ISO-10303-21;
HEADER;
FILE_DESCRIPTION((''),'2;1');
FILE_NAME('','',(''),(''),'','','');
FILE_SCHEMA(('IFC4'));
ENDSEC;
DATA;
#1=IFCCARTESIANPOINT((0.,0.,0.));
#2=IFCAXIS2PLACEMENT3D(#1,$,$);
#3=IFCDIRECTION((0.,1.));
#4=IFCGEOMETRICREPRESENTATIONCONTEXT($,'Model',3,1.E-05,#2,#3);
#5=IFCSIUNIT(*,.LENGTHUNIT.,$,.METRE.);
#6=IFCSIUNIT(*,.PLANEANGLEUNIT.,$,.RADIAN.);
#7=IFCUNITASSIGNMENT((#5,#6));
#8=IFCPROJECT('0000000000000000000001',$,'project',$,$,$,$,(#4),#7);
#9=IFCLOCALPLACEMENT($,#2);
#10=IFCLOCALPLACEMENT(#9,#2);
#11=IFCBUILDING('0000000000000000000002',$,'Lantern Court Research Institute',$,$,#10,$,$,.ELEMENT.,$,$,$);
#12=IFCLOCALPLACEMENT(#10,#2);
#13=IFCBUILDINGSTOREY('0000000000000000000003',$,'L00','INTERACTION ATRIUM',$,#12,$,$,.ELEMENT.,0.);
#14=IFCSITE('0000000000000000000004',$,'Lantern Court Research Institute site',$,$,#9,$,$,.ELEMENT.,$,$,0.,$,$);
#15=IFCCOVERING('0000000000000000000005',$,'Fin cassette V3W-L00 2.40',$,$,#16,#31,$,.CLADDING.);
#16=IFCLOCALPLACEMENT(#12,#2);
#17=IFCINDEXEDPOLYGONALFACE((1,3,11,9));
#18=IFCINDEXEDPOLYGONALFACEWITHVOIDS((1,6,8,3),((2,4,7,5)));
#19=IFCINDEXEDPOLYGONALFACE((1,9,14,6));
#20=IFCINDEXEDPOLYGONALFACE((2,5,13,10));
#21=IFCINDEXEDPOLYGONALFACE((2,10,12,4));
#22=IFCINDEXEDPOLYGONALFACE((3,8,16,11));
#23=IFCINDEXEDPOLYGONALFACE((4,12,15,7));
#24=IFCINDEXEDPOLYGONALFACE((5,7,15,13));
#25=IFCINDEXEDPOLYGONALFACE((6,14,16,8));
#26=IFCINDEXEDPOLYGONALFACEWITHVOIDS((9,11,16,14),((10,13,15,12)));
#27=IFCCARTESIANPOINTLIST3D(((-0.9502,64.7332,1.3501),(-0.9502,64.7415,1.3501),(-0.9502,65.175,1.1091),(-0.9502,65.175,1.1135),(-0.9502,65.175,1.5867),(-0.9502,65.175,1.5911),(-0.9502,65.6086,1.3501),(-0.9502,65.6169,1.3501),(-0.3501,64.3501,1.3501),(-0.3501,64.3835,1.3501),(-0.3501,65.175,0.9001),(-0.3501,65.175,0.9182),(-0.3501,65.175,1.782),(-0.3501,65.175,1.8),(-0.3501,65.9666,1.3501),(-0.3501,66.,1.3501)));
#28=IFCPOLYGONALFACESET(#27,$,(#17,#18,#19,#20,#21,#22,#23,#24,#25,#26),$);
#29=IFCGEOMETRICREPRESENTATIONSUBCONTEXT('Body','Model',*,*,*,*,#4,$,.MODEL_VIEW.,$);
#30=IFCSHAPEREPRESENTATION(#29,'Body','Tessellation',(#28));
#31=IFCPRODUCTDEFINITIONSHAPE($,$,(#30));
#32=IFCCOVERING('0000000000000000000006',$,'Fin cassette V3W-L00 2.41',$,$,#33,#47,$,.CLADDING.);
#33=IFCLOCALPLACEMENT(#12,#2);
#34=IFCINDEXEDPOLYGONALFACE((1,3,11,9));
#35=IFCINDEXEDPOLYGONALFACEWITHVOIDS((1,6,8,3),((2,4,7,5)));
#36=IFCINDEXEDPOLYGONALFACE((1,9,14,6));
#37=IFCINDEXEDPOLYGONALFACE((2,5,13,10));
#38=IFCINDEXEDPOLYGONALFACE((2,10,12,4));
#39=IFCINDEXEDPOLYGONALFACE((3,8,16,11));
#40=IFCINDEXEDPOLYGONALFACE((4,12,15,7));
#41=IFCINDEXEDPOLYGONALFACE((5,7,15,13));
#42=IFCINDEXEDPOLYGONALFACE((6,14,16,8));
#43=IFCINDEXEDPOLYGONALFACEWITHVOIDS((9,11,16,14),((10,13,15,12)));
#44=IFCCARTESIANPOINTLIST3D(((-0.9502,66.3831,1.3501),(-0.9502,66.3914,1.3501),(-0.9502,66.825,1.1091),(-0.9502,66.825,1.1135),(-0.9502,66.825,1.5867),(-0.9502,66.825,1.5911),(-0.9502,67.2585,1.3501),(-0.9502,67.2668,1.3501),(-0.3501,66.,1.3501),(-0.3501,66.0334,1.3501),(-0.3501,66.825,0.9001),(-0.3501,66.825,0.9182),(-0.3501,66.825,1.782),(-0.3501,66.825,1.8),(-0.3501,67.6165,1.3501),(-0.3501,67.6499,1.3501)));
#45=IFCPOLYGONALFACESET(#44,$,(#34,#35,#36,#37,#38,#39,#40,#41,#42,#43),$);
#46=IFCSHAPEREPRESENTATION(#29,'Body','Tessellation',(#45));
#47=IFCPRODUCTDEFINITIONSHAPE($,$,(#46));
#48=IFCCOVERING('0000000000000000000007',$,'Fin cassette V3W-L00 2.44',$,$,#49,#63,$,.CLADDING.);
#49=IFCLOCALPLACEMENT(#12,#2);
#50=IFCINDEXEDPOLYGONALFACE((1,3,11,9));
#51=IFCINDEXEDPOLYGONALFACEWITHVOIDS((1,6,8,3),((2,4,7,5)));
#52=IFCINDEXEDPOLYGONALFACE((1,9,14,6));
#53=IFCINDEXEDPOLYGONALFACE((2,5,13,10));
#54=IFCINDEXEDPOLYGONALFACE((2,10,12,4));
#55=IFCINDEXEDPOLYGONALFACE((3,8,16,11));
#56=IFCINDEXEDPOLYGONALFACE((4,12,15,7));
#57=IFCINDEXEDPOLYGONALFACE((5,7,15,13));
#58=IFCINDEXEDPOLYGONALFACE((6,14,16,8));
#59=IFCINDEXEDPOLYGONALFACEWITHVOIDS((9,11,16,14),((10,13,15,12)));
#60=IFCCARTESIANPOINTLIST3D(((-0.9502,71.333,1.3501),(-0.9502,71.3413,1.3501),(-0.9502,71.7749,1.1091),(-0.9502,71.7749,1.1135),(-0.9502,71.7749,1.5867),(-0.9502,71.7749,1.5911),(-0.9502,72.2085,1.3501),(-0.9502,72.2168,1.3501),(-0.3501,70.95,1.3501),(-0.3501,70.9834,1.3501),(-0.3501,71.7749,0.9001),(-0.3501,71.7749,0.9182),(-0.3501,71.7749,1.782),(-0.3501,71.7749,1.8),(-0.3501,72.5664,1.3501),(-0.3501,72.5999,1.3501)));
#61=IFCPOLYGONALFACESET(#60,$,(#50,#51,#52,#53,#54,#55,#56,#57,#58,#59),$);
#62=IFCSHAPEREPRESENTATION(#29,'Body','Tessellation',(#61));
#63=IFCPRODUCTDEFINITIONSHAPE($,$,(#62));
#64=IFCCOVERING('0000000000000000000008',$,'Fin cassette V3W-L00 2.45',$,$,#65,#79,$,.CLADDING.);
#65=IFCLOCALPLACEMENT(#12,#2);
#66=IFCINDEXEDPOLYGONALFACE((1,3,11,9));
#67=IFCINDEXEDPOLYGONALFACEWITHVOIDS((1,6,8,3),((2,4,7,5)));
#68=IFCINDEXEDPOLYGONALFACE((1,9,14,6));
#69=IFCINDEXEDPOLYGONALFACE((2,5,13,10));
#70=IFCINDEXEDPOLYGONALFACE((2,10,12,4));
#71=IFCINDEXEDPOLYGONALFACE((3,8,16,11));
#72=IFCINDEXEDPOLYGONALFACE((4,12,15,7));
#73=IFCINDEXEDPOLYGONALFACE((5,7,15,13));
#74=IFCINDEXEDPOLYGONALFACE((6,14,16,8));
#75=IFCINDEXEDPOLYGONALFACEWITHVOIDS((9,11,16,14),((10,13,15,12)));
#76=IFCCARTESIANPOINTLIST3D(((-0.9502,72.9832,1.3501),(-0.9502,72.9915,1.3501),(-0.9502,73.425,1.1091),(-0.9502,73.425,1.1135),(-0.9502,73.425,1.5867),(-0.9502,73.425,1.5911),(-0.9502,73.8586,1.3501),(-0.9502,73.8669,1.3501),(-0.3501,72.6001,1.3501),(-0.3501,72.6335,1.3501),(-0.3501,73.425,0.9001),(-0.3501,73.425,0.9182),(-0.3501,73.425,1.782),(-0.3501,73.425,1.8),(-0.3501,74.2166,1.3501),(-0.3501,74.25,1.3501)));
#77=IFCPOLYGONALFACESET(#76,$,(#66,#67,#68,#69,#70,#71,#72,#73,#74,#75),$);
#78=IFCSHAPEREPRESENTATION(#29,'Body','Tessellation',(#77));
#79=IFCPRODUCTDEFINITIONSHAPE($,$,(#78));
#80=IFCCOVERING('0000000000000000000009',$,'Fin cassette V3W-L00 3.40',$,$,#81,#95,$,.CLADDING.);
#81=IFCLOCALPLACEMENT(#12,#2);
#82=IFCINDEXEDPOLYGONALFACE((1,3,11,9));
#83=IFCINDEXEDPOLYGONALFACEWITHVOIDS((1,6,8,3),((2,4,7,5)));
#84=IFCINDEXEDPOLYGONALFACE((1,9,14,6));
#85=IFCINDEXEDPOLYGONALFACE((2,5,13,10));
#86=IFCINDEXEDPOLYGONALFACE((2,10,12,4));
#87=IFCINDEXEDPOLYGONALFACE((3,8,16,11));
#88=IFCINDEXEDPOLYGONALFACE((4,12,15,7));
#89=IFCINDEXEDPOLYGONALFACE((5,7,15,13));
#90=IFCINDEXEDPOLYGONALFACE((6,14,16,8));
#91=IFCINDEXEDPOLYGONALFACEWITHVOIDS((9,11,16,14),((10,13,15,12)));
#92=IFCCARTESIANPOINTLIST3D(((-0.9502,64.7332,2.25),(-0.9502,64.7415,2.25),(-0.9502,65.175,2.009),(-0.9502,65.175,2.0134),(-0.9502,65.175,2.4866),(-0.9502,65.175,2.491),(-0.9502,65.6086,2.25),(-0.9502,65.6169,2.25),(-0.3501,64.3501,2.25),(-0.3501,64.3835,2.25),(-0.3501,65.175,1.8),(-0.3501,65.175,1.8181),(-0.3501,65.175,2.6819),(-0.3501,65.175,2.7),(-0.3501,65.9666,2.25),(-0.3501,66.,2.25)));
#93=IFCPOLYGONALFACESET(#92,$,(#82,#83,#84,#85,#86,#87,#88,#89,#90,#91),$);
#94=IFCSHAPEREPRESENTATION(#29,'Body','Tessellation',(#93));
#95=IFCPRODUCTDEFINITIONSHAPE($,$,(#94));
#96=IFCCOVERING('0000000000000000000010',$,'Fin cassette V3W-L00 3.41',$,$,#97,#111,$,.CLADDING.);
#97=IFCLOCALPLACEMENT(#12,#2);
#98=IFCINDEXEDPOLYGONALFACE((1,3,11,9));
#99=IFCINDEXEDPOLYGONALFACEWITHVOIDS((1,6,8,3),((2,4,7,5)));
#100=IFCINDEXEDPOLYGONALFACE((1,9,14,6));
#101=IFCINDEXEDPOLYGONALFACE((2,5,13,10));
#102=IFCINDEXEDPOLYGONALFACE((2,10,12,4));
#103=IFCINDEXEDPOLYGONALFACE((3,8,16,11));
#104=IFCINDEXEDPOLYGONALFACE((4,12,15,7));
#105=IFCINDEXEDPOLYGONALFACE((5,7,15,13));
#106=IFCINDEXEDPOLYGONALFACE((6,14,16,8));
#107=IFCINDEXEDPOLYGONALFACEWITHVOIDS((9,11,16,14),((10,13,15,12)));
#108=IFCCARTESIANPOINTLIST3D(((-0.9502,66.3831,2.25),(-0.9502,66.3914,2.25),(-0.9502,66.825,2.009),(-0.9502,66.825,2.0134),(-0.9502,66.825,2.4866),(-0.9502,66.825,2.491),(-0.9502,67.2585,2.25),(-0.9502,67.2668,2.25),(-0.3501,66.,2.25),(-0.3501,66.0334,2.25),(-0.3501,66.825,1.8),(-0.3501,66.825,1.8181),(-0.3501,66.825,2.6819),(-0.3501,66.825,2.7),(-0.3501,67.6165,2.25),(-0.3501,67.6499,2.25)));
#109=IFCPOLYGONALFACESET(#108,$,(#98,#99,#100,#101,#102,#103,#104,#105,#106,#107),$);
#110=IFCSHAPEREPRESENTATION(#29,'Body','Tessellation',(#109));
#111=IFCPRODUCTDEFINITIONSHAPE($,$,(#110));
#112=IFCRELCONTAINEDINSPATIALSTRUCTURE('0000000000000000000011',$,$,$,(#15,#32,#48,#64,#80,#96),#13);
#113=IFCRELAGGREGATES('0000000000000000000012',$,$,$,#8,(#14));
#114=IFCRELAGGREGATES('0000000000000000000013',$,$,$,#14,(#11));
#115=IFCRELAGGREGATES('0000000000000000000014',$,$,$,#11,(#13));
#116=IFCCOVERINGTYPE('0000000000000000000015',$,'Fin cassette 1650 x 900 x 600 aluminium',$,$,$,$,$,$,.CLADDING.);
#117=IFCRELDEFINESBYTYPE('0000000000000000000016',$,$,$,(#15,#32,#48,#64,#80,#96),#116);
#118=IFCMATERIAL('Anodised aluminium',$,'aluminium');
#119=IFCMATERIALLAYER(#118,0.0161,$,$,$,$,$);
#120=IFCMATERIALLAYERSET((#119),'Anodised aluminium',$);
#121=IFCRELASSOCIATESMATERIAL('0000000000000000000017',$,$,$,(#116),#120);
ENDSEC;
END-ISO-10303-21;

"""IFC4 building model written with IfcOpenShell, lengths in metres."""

from ifc_helpers import new_model, entity, si_unit, direction, frame, origin, place, context, subcontext, project, spatial, material, layer, layer_set, type_object, element, save


model = new_model("IFC4")

# Units and contexts
model_context = context("Model", 3, precision=1e-05, world=origin(), true_north=direction((0.0, 1.0)))
body_context = subcontext(model_context, "Body", "Model", "MODEL_VIEW")
ifc_project = project(units=[si_unit("LENGTHUNIT", "METRE"), si_unit("PLANEANGLEUNIT", "RADIAN")], contexts=[model_context])

# Site, building, storey
site_placement = place(None, origin())
site = spatial("IfcSite", under=ifc_project, at=site_placement, Name="Lantern Court Research Institute site", CompositionType="ELEMENT", RefElevation=0.0)
building_placement = place(site_placement, origin())
building = spatial("IfcBuilding", under=site, at=building_placement, Name="Lantern Court Research Institute", CompositionType="ELEMENT")
storey_placement = place(building_placement, origin())
storey = spatial("IfcBuildingStorey", under=building, at=storey_placement, Name="L00", Description="INTERACTION ATRIUM", CompositionType="ELEMENT", Elevation=0.0)

# Coverings
ifc_material_1 = material(Name="Anodised aluminium", Category="aluminium")
ifc_layer_1 = layer(ifc_material_1, 0.0161)
ifc_layer_set_1 = layer_set([ifc_layer_1], Name="Anodised aluminium")
covering_type_1 = type_object("IfcCoveringType", Name="Fin cassette 1650 x 900 x 600 aluminium", PredefinedType="CLADDING", material=ifc_layer_set_1)
covering_1_placement = place(storey_placement, frame((-0.3501, 65.175, 1.3501), z_axis=(-1.0, 0.0, 0.0), x_axis=(0.0, -1.0, 0.0)))
cartesian_point_1 = entity("IfcCartesianPoint", [0.825, 0.0])
cartesian_point_2 = entity("IfcCartesianPoint", [0.7915, 0.0])
cartesian_point_3 = entity("IfcCartesianPoint", [0.4419, 0.0])
cartesian_point_4 = entity("IfcCartesianPoint", [0.4336, 0.0])
element("IfcCovering", 1, at=covering_1_placement, inside=storey, type_object=covering_type_1, Name="Fin cassette V3W-L00 2.40", PredefinedType="CLADDING", context=body_context, shape_type="SweptSolid", body=[
    entity("IfcExtrudedAreaSolidTapered", entity("IfcArbitraryProfileDefWithVoids", "AREA", None, entity("IfcPolyline", [cartesian_point_1, entity("IfcCartesianPoint", [0.0, 0.45]), entity("IfcCartesianPoint", [-0.825, 0.0]), entity("IfcCartesianPoint", [0.0, -0.45]), cartesian_point_1]), [entity("IfcPolyline", [cartesian_point_2, entity("IfcCartesianPoint", [0.0, 0.4319]), entity("IfcCartesianPoint", [-0.7915, 0.0]), entity("IfcCartesianPoint", [0.0, -0.4319]), cartesian_point_2])]), entity("IfcAxis2Placement3D", entity("IfcCartesianPoint", [0.0, 0.0, 0.0])), entity("IfcDirection", [0.0, 0.0, 1.0]), 0.6001, entity("IfcArbitraryProfileDefWithVoids", "AREA", None, entity("IfcPolyline", [cartesian_point_3, entity("IfcCartesianPoint", [0.0, 0.241]), entity("IfcCartesianPoint", [-0.4419, 0.0]), entity("IfcCartesianPoint", [0.0, -0.241]), cartesian_point_3]), [entity("IfcPolyline", [cartesian_point_4, entity("IfcCartesianPoint", [0.0, 0.2366]), entity("IfcCartesianPoint", [-0.4336, 0.0]), entity("IfcCartesianPoint", [0.0, -0.2366]), cartesian_point_4])])),
])
covering_2_placement = place(storey_placement, frame((-0.3501, 66.825, 1.3501), z_axis=(-1.0, 0.0, 0.0), x_axis=(0.0, -1.0, 0.0)))
cartesian_point_5 = entity("IfcCartesianPoint", [0.825, 0.0])
cartesian_point_6 = entity("IfcCartesianPoint", [0.7915, 0.0])
cartesian_point_7 = entity("IfcCartesianPoint", [0.4419, 0.0])
cartesian_point_8 = entity("IfcCartesianPoint", [0.4336, 0.0])
element("IfcCovering", 2, at=covering_2_placement, inside=storey, type_object=covering_type_1, Name="Fin cassette V3W-L00 2.41", PredefinedType="CLADDING", context=body_context, shape_type="SweptSolid", body=[
    entity("IfcExtrudedAreaSolidTapered", entity("IfcArbitraryProfileDefWithVoids", "AREA", None, entity("IfcPolyline", [cartesian_point_5, entity("IfcCartesianPoint", [0.0, 0.45]), entity("IfcCartesianPoint", [-0.825, 0.0]), entity("IfcCartesianPoint", [0.0, -0.45]), cartesian_point_5]), [entity("IfcPolyline", [cartesian_point_6, entity("IfcCartesianPoint", [0.0, 0.4319]), entity("IfcCartesianPoint", [-0.7915, 0.0]), entity("IfcCartesianPoint", [0.0, -0.4319]), cartesian_point_6])]), entity("IfcAxis2Placement3D", entity("IfcCartesianPoint", [0.0, 0.0, 0.0])), entity("IfcDirection", [0.0, 0.0, 1.0]), 0.6001, entity("IfcArbitraryProfileDefWithVoids", "AREA", None, entity("IfcPolyline", [cartesian_point_7, entity("IfcCartesianPoint", [0.0, 0.241]), entity("IfcCartesianPoint", [-0.4419, 0.0]), entity("IfcCartesianPoint", [0.0, -0.241]), cartesian_point_7]), [entity("IfcPolyline", [cartesian_point_8, entity("IfcCartesianPoint", [0.0, 0.2366]), entity("IfcCartesianPoint", [-0.4336, 0.0]), entity("IfcCartesianPoint", [0.0, -0.2366]), cartesian_point_8])])),
])
covering_3_placement = place(storey_placement, frame((-0.3501, 71.7749, 1.3501), z_axis=(-1.0, 0.0, 0.0), x_axis=(0.0, -1.0, 0.0)))
cartesian_point_9 = entity("IfcCartesianPoint", [0.825, 0.0])
cartesian_point_10 = entity("IfcCartesianPoint", [0.7915, 0.0])
cartesian_point_11 = entity("IfcCartesianPoint", [0.4419, 0.0])
cartesian_point_12 = entity("IfcCartesianPoint", [0.4336, 0.0])
element("IfcCovering", 3, at=covering_3_placement, inside=storey, type_object=covering_type_1, Name="Fin cassette V3W-L00 2.44", PredefinedType="CLADDING", context=body_context, shape_type="SweptSolid", body=[
    entity("IfcExtrudedAreaSolidTapered", entity("IfcArbitraryProfileDefWithVoids", "AREA", None, entity("IfcPolyline", [cartesian_point_9, entity("IfcCartesianPoint", [0.0, 0.45]), entity("IfcCartesianPoint", [-0.825, 0.0]), entity("IfcCartesianPoint", [0.0, -0.45]), cartesian_point_9]), [entity("IfcPolyline", [cartesian_point_10, entity("IfcCartesianPoint", [0.0, 0.4319]), entity("IfcCartesianPoint", [-0.7915, 0.0]), entity("IfcCartesianPoint", [0.0, -0.4319]), cartesian_point_10])]), entity("IfcAxis2Placement3D", entity("IfcCartesianPoint", [0.0, 0.0, 0.0])), entity("IfcDirection", [0.0, 0.0, 1.0]), 0.6001, entity("IfcArbitraryProfileDefWithVoids", "AREA", None, entity("IfcPolyline", [cartesian_point_11, entity("IfcCartesianPoint", [0.0, 0.241]), entity("IfcCartesianPoint", [-0.4419, 0.0]), entity("IfcCartesianPoint", [0.0, -0.241]), cartesian_point_11]), [entity("IfcPolyline", [cartesian_point_12, entity("IfcCartesianPoint", [0.0, 0.2366]), entity("IfcCartesianPoint", [-0.4336, 0.0]), entity("IfcCartesianPoint", [0.0, -0.2366]), cartesian_point_12])])),
])
covering_4_placement = place(storey_placement, frame((-0.3501, 73.425, 1.3501), z_axis=(-1.0, 0.0, 0.0), x_axis=(0.0, -1.0, 0.0)))
cartesian_point_13 = entity("IfcCartesianPoint", [0.825, 0.0])
cartesian_point_14 = entity("IfcCartesianPoint", [0.7915, 0.0])
cartesian_point_15 = entity("IfcCartesianPoint", [0.4419, 0.0])
cartesian_point_16 = entity("IfcCartesianPoint", [0.4336, 0.0])
element("IfcCovering", 4, at=covering_4_placement, inside=storey, type_object=covering_type_1, Name="Fin cassette V3W-L00 2.45", PredefinedType="CLADDING", context=body_context, shape_type="SweptSolid", body=[
    entity("IfcExtrudedAreaSolidTapered", entity("IfcArbitraryProfileDefWithVoids", "AREA", None, entity("IfcPolyline", [cartesian_point_13, entity("IfcCartesianPoint", [0.0, 0.45]), entity("IfcCartesianPoint", [-0.825, 0.0]), entity("IfcCartesianPoint", [0.0, -0.45]), cartesian_point_13]), [entity("IfcPolyline", [cartesian_point_14, entity("IfcCartesianPoint", [0.0, 0.4319]), entity("IfcCartesianPoint", [-0.7915, 0.0]), entity("IfcCartesianPoint", [0.0, -0.4319]), cartesian_point_14])]), entity("IfcAxis2Placement3D", entity("IfcCartesianPoint", [0.0, 0.0, 0.0])), entity("IfcDirection", [0.0, 0.0, 1.0]), 0.6001, entity("IfcArbitraryProfileDefWithVoids", "AREA", None, entity("IfcPolyline", [cartesian_point_15, entity("IfcCartesianPoint", [0.0, 0.241]), entity("IfcCartesianPoint", [-0.4419, 0.0]), entity("IfcCartesianPoint", [0.0, -0.241]), cartesian_point_15]), [entity("IfcPolyline", [cartesian_point_16, entity("IfcCartesianPoint", [0.0, 0.2366]), entity("IfcCartesianPoint", [-0.4336, 0.0]), entity("IfcCartesianPoint", [0.0, -0.2366]), cartesian_point_16])])),
])
covering_5_placement = place(storey_placement, frame((-0.3501, 65.175, 2.25), z_axis=(-1.0, 0.0, 0.0), x_axis=(0.0, -1.0, 0.0)))
cartesian_point_17 = entity("IfcCartesianPoint", [0.825, 0.0])
cartesian_point_18 = entity("IfcCartesianPoint", [0.7915, 0.0])
cartesian_point_19 = entity("IfcCartesianPoint", [0.4419, 0.0])
cartesian_point_20 = entity("IfcCartesianPoint", [0.4336, 0.0])
element("IfcCovering", 5, at=covering_5_placement, inside=storey, type_object=covering_type_1, Name="Fin cassette V3W-L00 3.40", PredefinedType="CLADDING", context=body_context, shape_type="SweptSolid", body=[
    entity("IfcExtrudedAreaSolidTapered", entity("IfcArbitraryProfileDefWithVoids", "AREA", None, entity("IfcPolyline", [cartesian_point_17, entity("IfcCartesianPoint", [0.0, 0.45]), entity("IfcCartesianPoint", [-0.825, 0.0]), entity("IfcCartesianPoint", [0.0, -0.45]), cartesian_point_17]), [entity("IfcPolyline", [cartesian_point_18, entity("IfcCartesianPoint", [0.0, 0.4319]), entity("IfcCartesianPoint", [-0.7915, 0.0]), entity("IfcCartesianPoint", [0.0, -0.4319]), cartesian_point_18])]), entity("IfcAxis2Placement3D", entity("IfcCartesianPoint", [0.0, 0.0, 0.0])), entity("IfcDirection", [0.0, 0.0, 1.0]), 0.6001, entity("IfcArbitraryProfileDefWithVoids", "AREA", None, entity("IfcPolyline", [cartesian_point_19, entity("IfcCartesianPoint", [0.0, 0.241]), entity("IfcCartesianPoint", [-0.4419, 0.0]), entity("IfcCartesianPoint", [0.0, -0.241]), cartesian_point_19]), [entity("IfcPolyline", [cartesian_point_20, entity("IfcCartesianPoint", [0.0, 0.2366]), entity("IfcCartesianPoint", [-0.4336, 0.0]), entity("IfcCartesianPoint", [0.0, -0.2366]), cartesian_point_20])])),
])
covering_6_placement = place(storey_placement, frame((-0.3501, 66.825, 2.25), z_axis=(-1.0, 0.0, 0.0), x_axis=(0.0, -1.0, 0.0)))
cartesian_point_21 = entity("IfcCartesianPoint", [0.825, 0.0])
cartesian_point_22 = entity("IfcCartesianPoint", [0.7915, 0.0])
cartesian_point_23 = entity("IfcCartesianPoint", [0.4419, 0.0])
cartesian_point_24 = entity("IfcCartesianPoint", [0.4336, 0.0])
element("IfcCovering", 6, at=covering_6_placement, inside=storey, type_object=covering_type_1, Name="Fin cassette V3W-L00 3.41", PredefinedType="CLADDING", context=body_context, shape_type="SweptSolid", body=[
    entity("IfcExtrudedAreaSolidTapered", entity("IfcArbitraryProfileDefWithVoids", "AREA", None, entity("IfcPolyline", [cartesian_point_21, entity("IfcCartesianPoint", [0.0, 0.45]), entity("IfcCartesianPoint", [-0.825, 0.0]), entity("IfcCartesianPoint", [0.0, -0.45]), cartesian_point_21]), [entity("IfcPolyline", [cartesian_point_22, entity("IfcCartesianPoint", [0.0, 0.4319]), entity("IfcCartesianPoint", [-0.7915, 0.0]), entity("IfcCartesianPoint", [0.0, -0.4319]), cartesian_point_22])]), entity("IfcAxis2Placement3D", entity("IfcCartesianPoint", [0.0, 0.0, 0.0])), entity("IfcDirection", [0.0, 0.0, 1.0]), 0.6001, entity("IfcArbitraryProfileDefWithVoids", "AREA", None, entity("IfcPolyline", [cartesian_point_23, entity("IfcCartesianPoint", [0.0, 0.241]), entity("IfcCartesianPoint", [-0.4419, 0.0]), entity("IfcCartesianPoint", [0.0, -0.241]), cartesian_point_23]), [entity("IfcPolyline", [cartesian_point_24, entity("IfcCartesianPoint", [0.0, 0.2366]), entity("IfcCartesianPoint", [-0.4336, 0.0]), entity("IfcCartesianPoint", [0.0, -0.2366]), cartesian_point_24])])),
])

save(model, "model.ifc")
